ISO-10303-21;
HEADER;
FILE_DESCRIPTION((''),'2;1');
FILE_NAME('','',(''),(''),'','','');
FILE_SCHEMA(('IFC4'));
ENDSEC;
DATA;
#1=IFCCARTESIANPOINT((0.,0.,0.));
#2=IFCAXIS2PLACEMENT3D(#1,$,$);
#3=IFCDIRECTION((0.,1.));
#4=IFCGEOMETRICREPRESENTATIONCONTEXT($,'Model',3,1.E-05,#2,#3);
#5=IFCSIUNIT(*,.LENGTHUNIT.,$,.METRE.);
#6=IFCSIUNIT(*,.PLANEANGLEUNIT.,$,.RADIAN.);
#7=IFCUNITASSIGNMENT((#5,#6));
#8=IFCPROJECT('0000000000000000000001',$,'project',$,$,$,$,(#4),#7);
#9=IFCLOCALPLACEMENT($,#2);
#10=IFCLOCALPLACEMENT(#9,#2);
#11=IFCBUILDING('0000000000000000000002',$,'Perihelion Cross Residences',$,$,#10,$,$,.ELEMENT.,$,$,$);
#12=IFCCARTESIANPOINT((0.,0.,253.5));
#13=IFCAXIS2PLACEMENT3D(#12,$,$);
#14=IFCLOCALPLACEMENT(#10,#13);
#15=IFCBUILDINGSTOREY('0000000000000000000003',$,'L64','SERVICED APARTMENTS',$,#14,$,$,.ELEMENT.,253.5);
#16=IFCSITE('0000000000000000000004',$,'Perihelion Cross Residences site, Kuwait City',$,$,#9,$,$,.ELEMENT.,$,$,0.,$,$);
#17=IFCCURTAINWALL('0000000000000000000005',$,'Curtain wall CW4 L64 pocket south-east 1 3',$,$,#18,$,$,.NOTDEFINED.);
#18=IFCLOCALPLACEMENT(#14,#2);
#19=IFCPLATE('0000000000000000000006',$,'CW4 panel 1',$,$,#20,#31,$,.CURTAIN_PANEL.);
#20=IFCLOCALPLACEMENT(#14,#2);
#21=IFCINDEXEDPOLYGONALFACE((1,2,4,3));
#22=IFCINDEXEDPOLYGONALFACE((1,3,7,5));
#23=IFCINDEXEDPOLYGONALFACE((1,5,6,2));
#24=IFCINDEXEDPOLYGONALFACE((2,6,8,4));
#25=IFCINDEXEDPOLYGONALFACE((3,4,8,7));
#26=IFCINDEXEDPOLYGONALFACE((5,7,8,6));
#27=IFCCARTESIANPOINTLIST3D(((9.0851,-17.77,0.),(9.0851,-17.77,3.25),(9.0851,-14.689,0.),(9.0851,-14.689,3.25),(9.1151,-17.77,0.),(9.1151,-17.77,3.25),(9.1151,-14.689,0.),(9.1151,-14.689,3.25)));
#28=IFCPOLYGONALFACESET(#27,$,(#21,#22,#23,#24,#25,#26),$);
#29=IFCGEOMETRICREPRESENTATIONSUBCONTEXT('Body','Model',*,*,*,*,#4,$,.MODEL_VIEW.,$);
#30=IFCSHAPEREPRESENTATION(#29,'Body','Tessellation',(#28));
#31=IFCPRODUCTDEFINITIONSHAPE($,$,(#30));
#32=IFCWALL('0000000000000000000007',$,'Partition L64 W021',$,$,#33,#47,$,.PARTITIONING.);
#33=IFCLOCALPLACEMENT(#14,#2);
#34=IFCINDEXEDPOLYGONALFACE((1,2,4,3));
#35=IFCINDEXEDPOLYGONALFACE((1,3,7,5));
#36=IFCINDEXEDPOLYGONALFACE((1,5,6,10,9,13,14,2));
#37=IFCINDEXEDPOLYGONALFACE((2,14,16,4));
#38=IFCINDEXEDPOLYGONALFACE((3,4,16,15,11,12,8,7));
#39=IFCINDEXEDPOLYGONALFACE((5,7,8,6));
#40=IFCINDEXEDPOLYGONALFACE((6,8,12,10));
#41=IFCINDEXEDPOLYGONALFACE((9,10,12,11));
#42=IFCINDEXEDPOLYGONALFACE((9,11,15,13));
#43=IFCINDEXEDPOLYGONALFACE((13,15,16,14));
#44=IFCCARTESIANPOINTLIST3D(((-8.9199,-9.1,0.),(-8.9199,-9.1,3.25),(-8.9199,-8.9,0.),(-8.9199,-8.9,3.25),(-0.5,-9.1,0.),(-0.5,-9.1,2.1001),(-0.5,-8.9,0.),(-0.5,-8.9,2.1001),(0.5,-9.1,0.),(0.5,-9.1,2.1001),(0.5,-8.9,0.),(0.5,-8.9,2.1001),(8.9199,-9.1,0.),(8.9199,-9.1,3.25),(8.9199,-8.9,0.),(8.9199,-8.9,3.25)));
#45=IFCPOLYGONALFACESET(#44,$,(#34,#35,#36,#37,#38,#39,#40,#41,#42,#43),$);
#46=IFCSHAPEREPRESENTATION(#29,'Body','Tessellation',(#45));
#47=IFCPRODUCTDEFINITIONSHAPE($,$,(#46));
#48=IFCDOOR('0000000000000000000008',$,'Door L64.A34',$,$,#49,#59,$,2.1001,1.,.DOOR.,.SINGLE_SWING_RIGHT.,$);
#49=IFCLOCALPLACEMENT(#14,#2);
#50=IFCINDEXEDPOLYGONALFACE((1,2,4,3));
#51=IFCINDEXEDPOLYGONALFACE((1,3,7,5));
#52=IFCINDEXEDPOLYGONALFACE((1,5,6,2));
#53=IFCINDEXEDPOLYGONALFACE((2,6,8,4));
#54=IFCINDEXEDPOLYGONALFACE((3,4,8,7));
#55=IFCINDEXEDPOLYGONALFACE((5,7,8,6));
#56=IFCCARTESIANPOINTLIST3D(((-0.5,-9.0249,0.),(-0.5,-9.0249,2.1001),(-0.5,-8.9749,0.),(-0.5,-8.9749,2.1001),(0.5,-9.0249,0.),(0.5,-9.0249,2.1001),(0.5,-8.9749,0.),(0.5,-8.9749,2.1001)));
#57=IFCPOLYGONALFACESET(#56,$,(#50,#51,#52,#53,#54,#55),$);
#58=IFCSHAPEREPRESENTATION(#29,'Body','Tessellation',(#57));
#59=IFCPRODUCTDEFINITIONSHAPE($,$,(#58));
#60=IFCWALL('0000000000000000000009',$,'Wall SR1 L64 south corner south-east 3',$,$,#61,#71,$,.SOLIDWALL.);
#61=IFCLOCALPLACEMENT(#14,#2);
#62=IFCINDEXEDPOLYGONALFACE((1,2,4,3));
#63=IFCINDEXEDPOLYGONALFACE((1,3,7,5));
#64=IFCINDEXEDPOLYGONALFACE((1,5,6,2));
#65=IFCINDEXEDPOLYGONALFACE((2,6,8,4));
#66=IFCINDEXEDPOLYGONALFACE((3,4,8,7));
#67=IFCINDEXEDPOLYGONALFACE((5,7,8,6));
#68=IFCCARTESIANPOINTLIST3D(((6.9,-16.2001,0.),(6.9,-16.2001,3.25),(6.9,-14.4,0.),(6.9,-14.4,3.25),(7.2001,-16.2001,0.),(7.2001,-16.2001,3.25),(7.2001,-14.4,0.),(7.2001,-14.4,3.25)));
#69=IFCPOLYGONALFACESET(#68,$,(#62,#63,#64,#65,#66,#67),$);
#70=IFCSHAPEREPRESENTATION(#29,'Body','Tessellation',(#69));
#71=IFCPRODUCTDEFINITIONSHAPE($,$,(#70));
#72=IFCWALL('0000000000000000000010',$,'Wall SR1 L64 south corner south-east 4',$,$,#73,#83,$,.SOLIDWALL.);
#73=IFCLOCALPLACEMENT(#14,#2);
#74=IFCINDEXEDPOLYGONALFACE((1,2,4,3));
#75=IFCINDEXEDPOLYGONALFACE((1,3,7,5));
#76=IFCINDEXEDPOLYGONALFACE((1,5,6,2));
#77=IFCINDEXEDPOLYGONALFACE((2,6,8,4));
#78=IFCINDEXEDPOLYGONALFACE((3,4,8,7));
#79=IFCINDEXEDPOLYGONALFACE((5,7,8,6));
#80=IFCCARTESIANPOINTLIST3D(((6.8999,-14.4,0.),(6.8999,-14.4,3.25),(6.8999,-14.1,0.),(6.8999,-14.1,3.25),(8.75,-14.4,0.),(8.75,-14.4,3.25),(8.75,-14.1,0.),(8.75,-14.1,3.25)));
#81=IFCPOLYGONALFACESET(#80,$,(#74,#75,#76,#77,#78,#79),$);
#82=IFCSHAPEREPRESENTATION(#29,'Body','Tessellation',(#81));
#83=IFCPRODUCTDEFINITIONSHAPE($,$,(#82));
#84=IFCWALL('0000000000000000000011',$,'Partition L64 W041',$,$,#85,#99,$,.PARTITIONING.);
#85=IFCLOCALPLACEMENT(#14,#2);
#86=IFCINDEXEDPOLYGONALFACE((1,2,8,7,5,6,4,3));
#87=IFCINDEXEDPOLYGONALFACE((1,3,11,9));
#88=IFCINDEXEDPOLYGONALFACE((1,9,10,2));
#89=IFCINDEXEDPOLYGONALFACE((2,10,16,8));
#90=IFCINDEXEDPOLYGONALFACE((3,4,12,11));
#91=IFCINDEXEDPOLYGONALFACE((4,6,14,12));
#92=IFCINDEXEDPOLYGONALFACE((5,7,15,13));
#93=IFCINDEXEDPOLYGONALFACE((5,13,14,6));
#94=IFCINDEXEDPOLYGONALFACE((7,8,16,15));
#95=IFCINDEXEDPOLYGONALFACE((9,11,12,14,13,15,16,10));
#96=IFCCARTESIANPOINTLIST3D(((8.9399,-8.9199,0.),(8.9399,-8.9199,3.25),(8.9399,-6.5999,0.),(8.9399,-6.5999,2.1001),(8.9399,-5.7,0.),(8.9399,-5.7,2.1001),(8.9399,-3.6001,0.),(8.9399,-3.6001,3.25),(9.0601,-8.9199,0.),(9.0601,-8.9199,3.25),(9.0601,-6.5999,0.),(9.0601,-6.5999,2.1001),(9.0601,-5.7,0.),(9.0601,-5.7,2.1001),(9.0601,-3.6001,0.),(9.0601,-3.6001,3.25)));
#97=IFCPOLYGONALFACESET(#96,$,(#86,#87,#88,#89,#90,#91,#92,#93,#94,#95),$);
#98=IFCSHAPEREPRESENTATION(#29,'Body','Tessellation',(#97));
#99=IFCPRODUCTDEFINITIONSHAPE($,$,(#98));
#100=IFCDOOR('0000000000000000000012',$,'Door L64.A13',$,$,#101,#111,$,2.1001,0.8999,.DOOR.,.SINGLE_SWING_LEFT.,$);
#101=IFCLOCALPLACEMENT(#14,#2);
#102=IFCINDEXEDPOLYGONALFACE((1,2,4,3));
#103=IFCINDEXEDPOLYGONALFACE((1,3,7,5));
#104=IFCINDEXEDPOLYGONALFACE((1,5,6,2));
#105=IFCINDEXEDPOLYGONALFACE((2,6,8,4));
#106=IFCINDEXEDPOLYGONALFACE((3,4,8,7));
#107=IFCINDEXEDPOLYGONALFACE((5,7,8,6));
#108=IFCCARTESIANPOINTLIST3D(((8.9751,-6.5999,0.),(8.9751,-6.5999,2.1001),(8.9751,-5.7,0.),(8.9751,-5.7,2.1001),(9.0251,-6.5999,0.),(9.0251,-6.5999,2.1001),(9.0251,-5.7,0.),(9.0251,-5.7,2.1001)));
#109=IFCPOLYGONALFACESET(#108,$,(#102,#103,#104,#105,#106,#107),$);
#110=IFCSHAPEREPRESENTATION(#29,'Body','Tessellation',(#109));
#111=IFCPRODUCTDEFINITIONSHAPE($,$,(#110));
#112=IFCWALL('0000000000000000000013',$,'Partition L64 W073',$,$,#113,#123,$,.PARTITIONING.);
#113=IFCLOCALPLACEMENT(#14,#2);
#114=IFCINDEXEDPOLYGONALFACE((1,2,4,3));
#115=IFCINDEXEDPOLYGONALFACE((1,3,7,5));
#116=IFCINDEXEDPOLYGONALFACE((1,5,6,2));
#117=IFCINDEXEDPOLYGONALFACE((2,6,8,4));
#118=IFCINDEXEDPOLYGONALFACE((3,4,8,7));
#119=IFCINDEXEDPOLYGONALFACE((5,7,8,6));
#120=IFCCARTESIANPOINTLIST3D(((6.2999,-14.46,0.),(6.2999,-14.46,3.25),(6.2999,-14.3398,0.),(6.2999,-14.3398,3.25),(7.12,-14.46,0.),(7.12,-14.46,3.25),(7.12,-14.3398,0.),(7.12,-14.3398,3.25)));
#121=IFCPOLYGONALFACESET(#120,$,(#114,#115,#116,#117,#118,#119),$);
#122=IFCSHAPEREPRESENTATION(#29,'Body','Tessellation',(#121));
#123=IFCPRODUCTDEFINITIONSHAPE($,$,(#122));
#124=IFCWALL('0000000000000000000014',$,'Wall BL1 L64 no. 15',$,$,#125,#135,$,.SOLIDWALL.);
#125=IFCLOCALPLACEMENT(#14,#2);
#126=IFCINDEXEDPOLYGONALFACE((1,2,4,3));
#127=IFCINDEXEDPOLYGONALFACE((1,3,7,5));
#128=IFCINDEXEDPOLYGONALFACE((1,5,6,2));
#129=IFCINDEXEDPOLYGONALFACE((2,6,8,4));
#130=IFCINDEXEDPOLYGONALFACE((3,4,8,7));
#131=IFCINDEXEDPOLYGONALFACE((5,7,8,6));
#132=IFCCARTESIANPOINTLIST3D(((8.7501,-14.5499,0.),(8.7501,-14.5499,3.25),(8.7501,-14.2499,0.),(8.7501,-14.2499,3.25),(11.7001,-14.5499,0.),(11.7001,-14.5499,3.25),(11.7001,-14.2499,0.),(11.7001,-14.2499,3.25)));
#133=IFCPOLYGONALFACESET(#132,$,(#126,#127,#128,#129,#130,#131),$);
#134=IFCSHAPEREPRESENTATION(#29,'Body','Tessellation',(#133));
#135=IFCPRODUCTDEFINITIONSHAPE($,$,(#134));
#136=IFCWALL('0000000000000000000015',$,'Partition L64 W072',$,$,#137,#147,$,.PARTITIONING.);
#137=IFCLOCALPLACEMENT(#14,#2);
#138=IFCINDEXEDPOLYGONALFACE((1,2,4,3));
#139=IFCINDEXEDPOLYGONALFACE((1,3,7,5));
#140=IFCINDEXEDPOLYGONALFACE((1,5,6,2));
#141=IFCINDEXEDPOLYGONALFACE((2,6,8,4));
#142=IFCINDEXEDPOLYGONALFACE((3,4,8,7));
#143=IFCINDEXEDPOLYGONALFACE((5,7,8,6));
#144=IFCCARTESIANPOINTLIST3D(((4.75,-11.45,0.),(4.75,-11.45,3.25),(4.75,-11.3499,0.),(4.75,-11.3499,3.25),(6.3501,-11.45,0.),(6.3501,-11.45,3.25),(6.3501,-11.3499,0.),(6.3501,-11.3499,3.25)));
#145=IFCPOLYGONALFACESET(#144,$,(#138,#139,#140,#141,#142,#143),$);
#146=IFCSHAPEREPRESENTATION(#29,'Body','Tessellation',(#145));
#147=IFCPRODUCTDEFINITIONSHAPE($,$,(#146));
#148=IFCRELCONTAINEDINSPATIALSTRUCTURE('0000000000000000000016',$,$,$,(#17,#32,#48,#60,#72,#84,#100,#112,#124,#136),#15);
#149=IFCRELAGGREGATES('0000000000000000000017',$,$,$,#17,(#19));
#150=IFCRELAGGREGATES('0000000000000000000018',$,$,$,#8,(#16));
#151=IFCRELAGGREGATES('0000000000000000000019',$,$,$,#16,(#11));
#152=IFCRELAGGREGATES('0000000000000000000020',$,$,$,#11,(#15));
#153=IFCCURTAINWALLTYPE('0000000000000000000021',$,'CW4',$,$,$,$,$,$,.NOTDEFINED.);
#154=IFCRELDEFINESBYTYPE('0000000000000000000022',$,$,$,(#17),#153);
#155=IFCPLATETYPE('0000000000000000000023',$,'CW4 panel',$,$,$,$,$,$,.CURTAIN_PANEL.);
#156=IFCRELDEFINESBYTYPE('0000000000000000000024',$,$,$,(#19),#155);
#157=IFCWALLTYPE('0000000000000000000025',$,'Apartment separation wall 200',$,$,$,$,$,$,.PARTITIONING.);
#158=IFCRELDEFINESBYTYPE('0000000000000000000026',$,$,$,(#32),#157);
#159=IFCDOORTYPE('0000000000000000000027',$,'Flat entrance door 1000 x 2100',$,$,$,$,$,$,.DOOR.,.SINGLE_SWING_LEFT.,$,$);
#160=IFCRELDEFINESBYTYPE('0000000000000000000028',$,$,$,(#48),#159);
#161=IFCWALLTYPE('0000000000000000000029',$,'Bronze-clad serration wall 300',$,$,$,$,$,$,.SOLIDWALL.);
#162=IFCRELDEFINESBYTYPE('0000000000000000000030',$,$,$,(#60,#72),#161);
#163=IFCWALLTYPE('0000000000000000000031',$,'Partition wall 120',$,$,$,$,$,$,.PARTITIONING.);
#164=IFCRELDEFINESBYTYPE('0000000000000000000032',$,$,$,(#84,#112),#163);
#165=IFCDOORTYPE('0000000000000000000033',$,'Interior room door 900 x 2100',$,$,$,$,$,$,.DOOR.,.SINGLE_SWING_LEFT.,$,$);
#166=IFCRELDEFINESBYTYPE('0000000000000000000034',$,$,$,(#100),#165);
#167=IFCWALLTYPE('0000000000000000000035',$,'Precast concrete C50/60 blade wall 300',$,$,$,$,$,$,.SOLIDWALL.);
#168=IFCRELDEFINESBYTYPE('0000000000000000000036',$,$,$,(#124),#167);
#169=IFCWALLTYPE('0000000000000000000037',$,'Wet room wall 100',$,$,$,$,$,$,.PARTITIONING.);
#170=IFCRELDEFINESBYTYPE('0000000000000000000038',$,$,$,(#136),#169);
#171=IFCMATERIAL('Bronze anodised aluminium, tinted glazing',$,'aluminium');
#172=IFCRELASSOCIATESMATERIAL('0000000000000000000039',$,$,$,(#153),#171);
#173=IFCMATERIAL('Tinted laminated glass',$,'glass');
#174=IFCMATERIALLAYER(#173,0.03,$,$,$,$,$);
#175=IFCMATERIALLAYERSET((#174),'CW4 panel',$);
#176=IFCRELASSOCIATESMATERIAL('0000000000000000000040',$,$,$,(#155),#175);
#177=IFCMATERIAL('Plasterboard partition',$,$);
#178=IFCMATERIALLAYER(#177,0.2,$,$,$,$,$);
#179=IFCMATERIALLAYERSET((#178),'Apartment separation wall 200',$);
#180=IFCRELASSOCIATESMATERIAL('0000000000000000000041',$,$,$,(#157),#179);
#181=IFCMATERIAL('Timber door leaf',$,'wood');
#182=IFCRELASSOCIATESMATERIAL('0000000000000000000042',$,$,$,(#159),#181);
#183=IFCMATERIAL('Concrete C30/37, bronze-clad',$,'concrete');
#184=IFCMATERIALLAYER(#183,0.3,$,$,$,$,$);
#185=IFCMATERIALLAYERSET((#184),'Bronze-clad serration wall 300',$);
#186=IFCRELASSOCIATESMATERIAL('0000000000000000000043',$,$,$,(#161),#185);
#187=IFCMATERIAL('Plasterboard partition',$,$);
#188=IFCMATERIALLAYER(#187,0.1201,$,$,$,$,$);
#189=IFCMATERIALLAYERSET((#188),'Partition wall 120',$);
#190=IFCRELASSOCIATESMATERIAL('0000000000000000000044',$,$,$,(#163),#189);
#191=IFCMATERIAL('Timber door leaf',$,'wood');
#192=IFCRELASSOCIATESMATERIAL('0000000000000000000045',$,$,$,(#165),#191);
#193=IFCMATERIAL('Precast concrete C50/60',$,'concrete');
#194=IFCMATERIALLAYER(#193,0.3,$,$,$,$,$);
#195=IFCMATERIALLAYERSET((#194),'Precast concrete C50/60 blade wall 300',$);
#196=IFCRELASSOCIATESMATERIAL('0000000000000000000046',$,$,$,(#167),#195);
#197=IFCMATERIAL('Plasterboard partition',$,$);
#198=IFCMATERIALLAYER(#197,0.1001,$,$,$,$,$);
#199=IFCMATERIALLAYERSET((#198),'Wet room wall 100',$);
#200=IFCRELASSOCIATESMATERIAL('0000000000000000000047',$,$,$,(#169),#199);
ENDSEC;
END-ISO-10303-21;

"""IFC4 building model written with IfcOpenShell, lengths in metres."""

from ifc_helpers import new_model, si_unit, direction, frame, frame_2d, origin, origin_2d, place, context, subcontext, project, spatial, rectangle, extrude, material, layer, layer_set, type_object, element, fill, aggregate, save


model = new_model("IFC4")

# Units and contexts
model_context = context("Model", 3, precision=1e-05, world=origin(), true_north=direction((0.0, 1.0)))
body_context = subcontext(model_context, "Body", "Model", "MODEL_VIEW")
ifc_project = project(units=[si_unit("LENGTHUNIT", "METRE"), si_unit("PLANEANGLEUNIT", "RADIAN")], contexts=[model_context])

# Site, building, storey
site_placement = place(None, origin())
site = spatial("IfcSite", under=ifc_project, at=site_placement, Name="Perihelion Cross Residences site, Kuwait City", CompositionType="ELEMENT", RefElevation=0.0)
building_placement = place(site_placement, origin())
building = spatial("IfcBuilding", under=site, at=building_placement, Name="Perihelion Cross Residences", CompositionType="ELEMENT")
storey_placement = place(building_placement, frame((0.0, 0.0, 253.5)))
storey = spatial("IfcBuildingStorey", under=building, at=storey_placement, Name="L64", Description="SERVICED APARTMENTS", CompositionType="ELEMENT", Elevation=253.5)

# Shared definitions
ifc_material_1 = material(Name="Bronze anodised aluminium, tinted glazing", Category="aluminium")
curtain_wall_type_1 = type_object("IfcCurtainWallType", Name="CW4", PredefinedType="NOTDEFINED", material=ifc_material_1)

# Curtain wall
curtain_wall_1_placement = place(storey_placement, origin())
curtain_wall_1 = element("IfcCurtainWall", 1, at=curtain_wall_1_placement, inside=storey, type_object=curtain_wall_type_1, Name="Curtain wall CW4 L64 pocket south-east 1 3", PredefinedType="NOTDEFINED")

# Plate
ifc_material_2 = material(Name="Tinted laminated glass", Category="glass")
ifc_layer_1 = layer(ifc_material_2, 0.03)
ifc_layer_set_1 = layer_set([ifc_layer_1], Name="CW4 panel")
plate_type_1 = type_object("IfcPlateType", Name="CW4 panel", PredefinedType="CURTAIN_PANEL", material=ifc_layer_set_1)
plate_1_placement = place(storey_placement, frame((9.1001, -16.2295, 0.0), z_axis=(0.0, 0.0, 1.0), x_axis=(0.0, 1.0, 0.0)))
plate_1 = element("IfcPlate", 2, at=plate_1_placement, type_object=plate_type_1, Name="CW4 panel 1", PredefinedType="CURTAIN_PANEL", context=body_context, shape_type="SweptSolid", body=[
    extrude(rectangle(XDim=3.0811, YDim=0.03, at=origin_2d()), origin(), (0.0, 0.0, 1.0), 3.25),
])
aggregate(curtain_wall_1, [plate_1])

# Wall, opening, door
ifc_material_3 = material(Name="Plasterboard partition")
ifc_layer_2 = layer(ifc_material_3, 0.2)
ifc_layer_set_2 = layer_set([ifc_layer_2], Name="Apartment separation wall 200")
wall_type_1 = type_object("IfcWallType", Name="Apartment separation wall 200", PredefinedType="PARTITIONING", material=ifc_layer_set_2)
wall_1_placement = place(storey_placement, frame((8.9199, -9.0, 0.0), z_axis=(0.0, 0.0, 1.0), x_axis=(-1.0, 0.0, 0.0)))
wall_1 = element("IfcWall", 3, at=wall_1_placement, inside=storey, type_object=wall_type_1, Name="Partition L64 W021", PredefinedType="PARTITIONING", context=body_context, shape_type="SweptSolid", body=[
    extrude(rectangle(XDim=17.8398, YDim=0.2, at=frame_2d((8.9199, 0.0))), origin(), (0.0, 0.0, 1.0), 3.25),
])
opening_1_placement = place(wall_1_placement, frame((8.4199, 0.0, 0.0)))
opening_1 = element("IfcOpeningElement", 4, at=opening_1_placement, cuts=wall_1, PredefinedType="OPENING", context=body_context, shape_type="SweptSolid", body=[
    extrude(rectangle(XDim=1.0, YDim=2.1001, at=frame_2d((0.5, 1.05))), frame((0.0, 0.1099, 0.0), z_axis=(0.0, -1.0, 0.0), x_axis=(1.0, 0.0, 0.0)), (0.0, 0.0, 1.0), 0.22),
])
ifc_material_4 = material(Name="Timber door leaf", Category="wood")
door_type_1 = type_object("IfcDoorType", Name="Flat entrance door 1000 x 2100", OperationType="SINGLE_SWING_LEFT", PredefinedType="DOOR", material=ifc_material_4)
door_1_placement = place(opening_1_placement, origin())
door_1 = element("IfcDoor", 5, at=door_1_placement, inside=storey, type_object=door_type_1, Name="Door L64.A34", OperationType="SINGLE_SWING_RIGHT", OverallHeight=2.1001, OverallWidth=1.0, PredefinedType="DOOR", context=body_context, shape_type="SweptSolid", body=[
    extrude(rectangle(XDim=1.0, YDim=2.1001, at=frame_2d((0.5, 1.05))), frame((0.0, 0.0249, 0.0), z_axis=(0.0, -1.0, 0.0), x_axis=(1.0, 0.0, 0.0)), (0.0, 0.0, 1.0), 0.05),
])
fill(opening_1, door_1)

# Walls
ifc_material_5 = material(Name="Concrete C30/37, bronze-clad", Category="concrete")
ifc_layer_3 = layer(ifc_material_5, 0.3)
ifc_layer_set_3 = layer_set([ifc_layer_3], Name="Bronze-clad serration wall 300")
wall_type_2 = type_object("IfcWallType", Name="Bronze-clad serration wall 300", PredefinedType="SOLIDWALL", material=ifc_layer_set_3)
wall_2_placement = place(storey_placement, frame((7.05, -16.2, 0.0), z_axis=(0.0, 0.0, 1.0), x_axis=(0.0, 1.0, 0.0)))
element("IfcWall", 6, at=wall_2_placement, inside=storey, type_object=wall_type_2, Name="Wall SR1 L64 south corner south-east 3", PredefinedType="SOLIDWALL", context=body_context, shape_type="SweptSolid", body=[
    extrude(rectangle(XDim=1.8, YDim=0.3, at=frame_2d((0.8999, 0.0))), origin(), (0.0, 0.0, 1.0), 3.25),
])
wall_3_placement = place(storey_placement, frame((6.8999, -14.25, 0.0), z_axis=(0.0, 0.0, 1.0), x_axis=(1.0, 0.0, 0.0)))
element("IfcWall", 7, at=wall_3_placement, inside=storey, type_object=wall_type_2, Name="Wall SR1 L64 south corner south-east 4", PredefinedType="SOLIDWALL", context=body_context, shape_type="SweptSolid", body=[
    extrude(rectangle(XDim=1.8501, YDim=0.3, at=frame_2d((0.925, 0.0))), origin(), (0.0, 0.0, 1.0), 3.25),
])

# Wall, opening, door
ifc_material_6 = material(Name="Plasterboard partition")
ifc_layer_4 = layer(ifc_material_6, 0.1201)
ifc_layer_set_4 = layer_set([ifc_layer_4], Name="Partition wall 120")
wall_type_3 = type_object("IfcWallType", Name="Partition wall 120", PredefinedType="PARTITIONING", material=ifc_layer_set_4)
wall_4_placement = place(storey_placement, frame((9.0, -8.9199, 0.0), z_axis=(0.0, 0.0, 1.0), x_axis=(0.0, 1.0, 0.0)))
wall_4 = element("IfcWall", 8, at=wall_4_placement, inside=storey, type_object=wall_type_3, Name="Partition L64 W041", PredefinedType="PARTITIONING", context=body_context, shape_type="SweptSolid", body=[
    extrude(rectangle(XDim=5.3198, YDim=0.1201, at=frame_2d((2.6599, 0.0))), origin(), (0.0, 0.0, 1.0), 3.25),
])
opening_2_placement = place(wall_4_placement, frame((2.3201, 0.0, 0.0)))
opening_2 = element("IfcOpeningElement", 9, at=opening_2_placement, cuts=wall_4, PredefinedType="OPENING", context=body_context, shape_type="SweptSolid", body=[
    extrude(rectangle(XDim=0.8999, YDim=2.1001, at=frame_2d((0.45, 1.05))), frame((0.0, 0.0701, 0.0), z_axis=(0.0, -1.0, 0.0), x_axis=(1.0, 0.0, 0.0)), (0.0, 0.0, 1.0), 0.1401),
])
ifc_material_7 = material(Name="Timber door leaf", Category="wood")
door_type_2 = type_object("IfcDoorType", Name="Interior room door 900 x 2100", OperationType="SINGLE_SWING_LEFT", PredefinedType="DOOR", material=ifc_material_7)
door_2_placement = place(opening_2_placement, origin())
door_2 = element("IfcDoor", 10, at=door_2_placement, inside=storey, type_object=door_type_2, Name="Door L64.A13", OperationType="SINGLE_SWING_LEFT", OverallHeight=2.1001, OverallWidth=0.8999, PredefinedType="DOOR", context=body_context, shape_type="SweptSolid", body=[
    extrude(rectangle(XDim=0.8999, YDim=2.1001, at=frame_2d((0.45, 1.05))), frame((0.0, 0.0249, 0.0), z_axis=(0.0, -1.0, 0.0), x_axis=(1.0, 0.0, 0.0)), (0.0, 0.0, 1.0), 0.05),
])
fill(opening_2, door_2)

# Walls
wall_5_placement = place(storey_placement, frame((7.1201, -14.3999, 0.0), z_axis=(0.0, 0.0, 1.0), x_axis=(-1.0, 0.0, 0.0)))
element("IfcWall", 11, at=wall_5_placement, inside=storey, type_object=wall_type_3, Name="Partition L64 W073", PredefinedType="PARTITIONING", context=body_context, shape_type="SweptSolid", body=[
    extrude(rectangle(XDim=0.8201, YDim=0.1201, at=frame_2d((0.4102, 0.0))), origin(), (0.0, 0.0, 1.0), 3.25),
])
ifc_material_8 = material(Name="Precast concrete C50/60", Category="concrete")
ifc_layer_5 = layer(ifc_material_8, 0.3)
ifc_layer_set_5 = layer_set([ifc_layer_5], Name="Precast concrete C50/60 blade wall 300")
wall_type_4 = type_object("IfcWallType", Name="Precast concrete C50/60 blade wall 300", PredefinedType="SOLIDWALL", material=ifc_layer_set_5)
wall_6_placement = place(storey_placement, frame((8.75, -14.3999, 0.0), z_axis=(0.0, 0.0, 1.0), x_axis=(1.0, 0.0, 0.0)))
element("IfcWall", 12, at=wall_6_placement, inside=storey, type_object=wall_type_4, Name="Wall BL1 L64 no. 15", PredefinedType="SOLIDWALL", context=body_context, shape_type="SweptSolid", body=[
    extrude(rectangle(XDim=2.95, YDim=0.3, at=frame_2d((1.4751, 0.0))), origin(), (0.0, 0.0, 1.0), 3.25),
])
ifc_material_9 = material(Name="Plasterboard partition")
ifc_layer_6 = layer(ifc_material_9, 0.1001)
ifc_layer_set_6 = layer_set([ifc_layer_6], Name="Wet room wall 100")
wall_type_5 = type_object("IfcWallType", Name="Wet room wall 100", PredefinedType="PARTITIONING", material=ifc_layer_set_6)
wall_7_placement = place(storey_placement, frame((6.3501, -11.3999, 0.0), z_axis=(0.0, 0.0, 1.0), x_axis=(-1.0, 0.0, 0.0)))
element("IfcWall", 13, at=wall_7_placement, inside=storey, type_object=wall_type_5, Name="Partition L64 W072", PredefinedType="PARTITIONING", context=body_context, shape_type="SweptSolid", body=[
    extrude(rectangle(XDim=1.6001, YDim=0.1001, at=frame_2d((0.8, 0.0))), origin(), (0.0, 0.0, 1.0), 3.25),
])

save(model, "model.ifc")
